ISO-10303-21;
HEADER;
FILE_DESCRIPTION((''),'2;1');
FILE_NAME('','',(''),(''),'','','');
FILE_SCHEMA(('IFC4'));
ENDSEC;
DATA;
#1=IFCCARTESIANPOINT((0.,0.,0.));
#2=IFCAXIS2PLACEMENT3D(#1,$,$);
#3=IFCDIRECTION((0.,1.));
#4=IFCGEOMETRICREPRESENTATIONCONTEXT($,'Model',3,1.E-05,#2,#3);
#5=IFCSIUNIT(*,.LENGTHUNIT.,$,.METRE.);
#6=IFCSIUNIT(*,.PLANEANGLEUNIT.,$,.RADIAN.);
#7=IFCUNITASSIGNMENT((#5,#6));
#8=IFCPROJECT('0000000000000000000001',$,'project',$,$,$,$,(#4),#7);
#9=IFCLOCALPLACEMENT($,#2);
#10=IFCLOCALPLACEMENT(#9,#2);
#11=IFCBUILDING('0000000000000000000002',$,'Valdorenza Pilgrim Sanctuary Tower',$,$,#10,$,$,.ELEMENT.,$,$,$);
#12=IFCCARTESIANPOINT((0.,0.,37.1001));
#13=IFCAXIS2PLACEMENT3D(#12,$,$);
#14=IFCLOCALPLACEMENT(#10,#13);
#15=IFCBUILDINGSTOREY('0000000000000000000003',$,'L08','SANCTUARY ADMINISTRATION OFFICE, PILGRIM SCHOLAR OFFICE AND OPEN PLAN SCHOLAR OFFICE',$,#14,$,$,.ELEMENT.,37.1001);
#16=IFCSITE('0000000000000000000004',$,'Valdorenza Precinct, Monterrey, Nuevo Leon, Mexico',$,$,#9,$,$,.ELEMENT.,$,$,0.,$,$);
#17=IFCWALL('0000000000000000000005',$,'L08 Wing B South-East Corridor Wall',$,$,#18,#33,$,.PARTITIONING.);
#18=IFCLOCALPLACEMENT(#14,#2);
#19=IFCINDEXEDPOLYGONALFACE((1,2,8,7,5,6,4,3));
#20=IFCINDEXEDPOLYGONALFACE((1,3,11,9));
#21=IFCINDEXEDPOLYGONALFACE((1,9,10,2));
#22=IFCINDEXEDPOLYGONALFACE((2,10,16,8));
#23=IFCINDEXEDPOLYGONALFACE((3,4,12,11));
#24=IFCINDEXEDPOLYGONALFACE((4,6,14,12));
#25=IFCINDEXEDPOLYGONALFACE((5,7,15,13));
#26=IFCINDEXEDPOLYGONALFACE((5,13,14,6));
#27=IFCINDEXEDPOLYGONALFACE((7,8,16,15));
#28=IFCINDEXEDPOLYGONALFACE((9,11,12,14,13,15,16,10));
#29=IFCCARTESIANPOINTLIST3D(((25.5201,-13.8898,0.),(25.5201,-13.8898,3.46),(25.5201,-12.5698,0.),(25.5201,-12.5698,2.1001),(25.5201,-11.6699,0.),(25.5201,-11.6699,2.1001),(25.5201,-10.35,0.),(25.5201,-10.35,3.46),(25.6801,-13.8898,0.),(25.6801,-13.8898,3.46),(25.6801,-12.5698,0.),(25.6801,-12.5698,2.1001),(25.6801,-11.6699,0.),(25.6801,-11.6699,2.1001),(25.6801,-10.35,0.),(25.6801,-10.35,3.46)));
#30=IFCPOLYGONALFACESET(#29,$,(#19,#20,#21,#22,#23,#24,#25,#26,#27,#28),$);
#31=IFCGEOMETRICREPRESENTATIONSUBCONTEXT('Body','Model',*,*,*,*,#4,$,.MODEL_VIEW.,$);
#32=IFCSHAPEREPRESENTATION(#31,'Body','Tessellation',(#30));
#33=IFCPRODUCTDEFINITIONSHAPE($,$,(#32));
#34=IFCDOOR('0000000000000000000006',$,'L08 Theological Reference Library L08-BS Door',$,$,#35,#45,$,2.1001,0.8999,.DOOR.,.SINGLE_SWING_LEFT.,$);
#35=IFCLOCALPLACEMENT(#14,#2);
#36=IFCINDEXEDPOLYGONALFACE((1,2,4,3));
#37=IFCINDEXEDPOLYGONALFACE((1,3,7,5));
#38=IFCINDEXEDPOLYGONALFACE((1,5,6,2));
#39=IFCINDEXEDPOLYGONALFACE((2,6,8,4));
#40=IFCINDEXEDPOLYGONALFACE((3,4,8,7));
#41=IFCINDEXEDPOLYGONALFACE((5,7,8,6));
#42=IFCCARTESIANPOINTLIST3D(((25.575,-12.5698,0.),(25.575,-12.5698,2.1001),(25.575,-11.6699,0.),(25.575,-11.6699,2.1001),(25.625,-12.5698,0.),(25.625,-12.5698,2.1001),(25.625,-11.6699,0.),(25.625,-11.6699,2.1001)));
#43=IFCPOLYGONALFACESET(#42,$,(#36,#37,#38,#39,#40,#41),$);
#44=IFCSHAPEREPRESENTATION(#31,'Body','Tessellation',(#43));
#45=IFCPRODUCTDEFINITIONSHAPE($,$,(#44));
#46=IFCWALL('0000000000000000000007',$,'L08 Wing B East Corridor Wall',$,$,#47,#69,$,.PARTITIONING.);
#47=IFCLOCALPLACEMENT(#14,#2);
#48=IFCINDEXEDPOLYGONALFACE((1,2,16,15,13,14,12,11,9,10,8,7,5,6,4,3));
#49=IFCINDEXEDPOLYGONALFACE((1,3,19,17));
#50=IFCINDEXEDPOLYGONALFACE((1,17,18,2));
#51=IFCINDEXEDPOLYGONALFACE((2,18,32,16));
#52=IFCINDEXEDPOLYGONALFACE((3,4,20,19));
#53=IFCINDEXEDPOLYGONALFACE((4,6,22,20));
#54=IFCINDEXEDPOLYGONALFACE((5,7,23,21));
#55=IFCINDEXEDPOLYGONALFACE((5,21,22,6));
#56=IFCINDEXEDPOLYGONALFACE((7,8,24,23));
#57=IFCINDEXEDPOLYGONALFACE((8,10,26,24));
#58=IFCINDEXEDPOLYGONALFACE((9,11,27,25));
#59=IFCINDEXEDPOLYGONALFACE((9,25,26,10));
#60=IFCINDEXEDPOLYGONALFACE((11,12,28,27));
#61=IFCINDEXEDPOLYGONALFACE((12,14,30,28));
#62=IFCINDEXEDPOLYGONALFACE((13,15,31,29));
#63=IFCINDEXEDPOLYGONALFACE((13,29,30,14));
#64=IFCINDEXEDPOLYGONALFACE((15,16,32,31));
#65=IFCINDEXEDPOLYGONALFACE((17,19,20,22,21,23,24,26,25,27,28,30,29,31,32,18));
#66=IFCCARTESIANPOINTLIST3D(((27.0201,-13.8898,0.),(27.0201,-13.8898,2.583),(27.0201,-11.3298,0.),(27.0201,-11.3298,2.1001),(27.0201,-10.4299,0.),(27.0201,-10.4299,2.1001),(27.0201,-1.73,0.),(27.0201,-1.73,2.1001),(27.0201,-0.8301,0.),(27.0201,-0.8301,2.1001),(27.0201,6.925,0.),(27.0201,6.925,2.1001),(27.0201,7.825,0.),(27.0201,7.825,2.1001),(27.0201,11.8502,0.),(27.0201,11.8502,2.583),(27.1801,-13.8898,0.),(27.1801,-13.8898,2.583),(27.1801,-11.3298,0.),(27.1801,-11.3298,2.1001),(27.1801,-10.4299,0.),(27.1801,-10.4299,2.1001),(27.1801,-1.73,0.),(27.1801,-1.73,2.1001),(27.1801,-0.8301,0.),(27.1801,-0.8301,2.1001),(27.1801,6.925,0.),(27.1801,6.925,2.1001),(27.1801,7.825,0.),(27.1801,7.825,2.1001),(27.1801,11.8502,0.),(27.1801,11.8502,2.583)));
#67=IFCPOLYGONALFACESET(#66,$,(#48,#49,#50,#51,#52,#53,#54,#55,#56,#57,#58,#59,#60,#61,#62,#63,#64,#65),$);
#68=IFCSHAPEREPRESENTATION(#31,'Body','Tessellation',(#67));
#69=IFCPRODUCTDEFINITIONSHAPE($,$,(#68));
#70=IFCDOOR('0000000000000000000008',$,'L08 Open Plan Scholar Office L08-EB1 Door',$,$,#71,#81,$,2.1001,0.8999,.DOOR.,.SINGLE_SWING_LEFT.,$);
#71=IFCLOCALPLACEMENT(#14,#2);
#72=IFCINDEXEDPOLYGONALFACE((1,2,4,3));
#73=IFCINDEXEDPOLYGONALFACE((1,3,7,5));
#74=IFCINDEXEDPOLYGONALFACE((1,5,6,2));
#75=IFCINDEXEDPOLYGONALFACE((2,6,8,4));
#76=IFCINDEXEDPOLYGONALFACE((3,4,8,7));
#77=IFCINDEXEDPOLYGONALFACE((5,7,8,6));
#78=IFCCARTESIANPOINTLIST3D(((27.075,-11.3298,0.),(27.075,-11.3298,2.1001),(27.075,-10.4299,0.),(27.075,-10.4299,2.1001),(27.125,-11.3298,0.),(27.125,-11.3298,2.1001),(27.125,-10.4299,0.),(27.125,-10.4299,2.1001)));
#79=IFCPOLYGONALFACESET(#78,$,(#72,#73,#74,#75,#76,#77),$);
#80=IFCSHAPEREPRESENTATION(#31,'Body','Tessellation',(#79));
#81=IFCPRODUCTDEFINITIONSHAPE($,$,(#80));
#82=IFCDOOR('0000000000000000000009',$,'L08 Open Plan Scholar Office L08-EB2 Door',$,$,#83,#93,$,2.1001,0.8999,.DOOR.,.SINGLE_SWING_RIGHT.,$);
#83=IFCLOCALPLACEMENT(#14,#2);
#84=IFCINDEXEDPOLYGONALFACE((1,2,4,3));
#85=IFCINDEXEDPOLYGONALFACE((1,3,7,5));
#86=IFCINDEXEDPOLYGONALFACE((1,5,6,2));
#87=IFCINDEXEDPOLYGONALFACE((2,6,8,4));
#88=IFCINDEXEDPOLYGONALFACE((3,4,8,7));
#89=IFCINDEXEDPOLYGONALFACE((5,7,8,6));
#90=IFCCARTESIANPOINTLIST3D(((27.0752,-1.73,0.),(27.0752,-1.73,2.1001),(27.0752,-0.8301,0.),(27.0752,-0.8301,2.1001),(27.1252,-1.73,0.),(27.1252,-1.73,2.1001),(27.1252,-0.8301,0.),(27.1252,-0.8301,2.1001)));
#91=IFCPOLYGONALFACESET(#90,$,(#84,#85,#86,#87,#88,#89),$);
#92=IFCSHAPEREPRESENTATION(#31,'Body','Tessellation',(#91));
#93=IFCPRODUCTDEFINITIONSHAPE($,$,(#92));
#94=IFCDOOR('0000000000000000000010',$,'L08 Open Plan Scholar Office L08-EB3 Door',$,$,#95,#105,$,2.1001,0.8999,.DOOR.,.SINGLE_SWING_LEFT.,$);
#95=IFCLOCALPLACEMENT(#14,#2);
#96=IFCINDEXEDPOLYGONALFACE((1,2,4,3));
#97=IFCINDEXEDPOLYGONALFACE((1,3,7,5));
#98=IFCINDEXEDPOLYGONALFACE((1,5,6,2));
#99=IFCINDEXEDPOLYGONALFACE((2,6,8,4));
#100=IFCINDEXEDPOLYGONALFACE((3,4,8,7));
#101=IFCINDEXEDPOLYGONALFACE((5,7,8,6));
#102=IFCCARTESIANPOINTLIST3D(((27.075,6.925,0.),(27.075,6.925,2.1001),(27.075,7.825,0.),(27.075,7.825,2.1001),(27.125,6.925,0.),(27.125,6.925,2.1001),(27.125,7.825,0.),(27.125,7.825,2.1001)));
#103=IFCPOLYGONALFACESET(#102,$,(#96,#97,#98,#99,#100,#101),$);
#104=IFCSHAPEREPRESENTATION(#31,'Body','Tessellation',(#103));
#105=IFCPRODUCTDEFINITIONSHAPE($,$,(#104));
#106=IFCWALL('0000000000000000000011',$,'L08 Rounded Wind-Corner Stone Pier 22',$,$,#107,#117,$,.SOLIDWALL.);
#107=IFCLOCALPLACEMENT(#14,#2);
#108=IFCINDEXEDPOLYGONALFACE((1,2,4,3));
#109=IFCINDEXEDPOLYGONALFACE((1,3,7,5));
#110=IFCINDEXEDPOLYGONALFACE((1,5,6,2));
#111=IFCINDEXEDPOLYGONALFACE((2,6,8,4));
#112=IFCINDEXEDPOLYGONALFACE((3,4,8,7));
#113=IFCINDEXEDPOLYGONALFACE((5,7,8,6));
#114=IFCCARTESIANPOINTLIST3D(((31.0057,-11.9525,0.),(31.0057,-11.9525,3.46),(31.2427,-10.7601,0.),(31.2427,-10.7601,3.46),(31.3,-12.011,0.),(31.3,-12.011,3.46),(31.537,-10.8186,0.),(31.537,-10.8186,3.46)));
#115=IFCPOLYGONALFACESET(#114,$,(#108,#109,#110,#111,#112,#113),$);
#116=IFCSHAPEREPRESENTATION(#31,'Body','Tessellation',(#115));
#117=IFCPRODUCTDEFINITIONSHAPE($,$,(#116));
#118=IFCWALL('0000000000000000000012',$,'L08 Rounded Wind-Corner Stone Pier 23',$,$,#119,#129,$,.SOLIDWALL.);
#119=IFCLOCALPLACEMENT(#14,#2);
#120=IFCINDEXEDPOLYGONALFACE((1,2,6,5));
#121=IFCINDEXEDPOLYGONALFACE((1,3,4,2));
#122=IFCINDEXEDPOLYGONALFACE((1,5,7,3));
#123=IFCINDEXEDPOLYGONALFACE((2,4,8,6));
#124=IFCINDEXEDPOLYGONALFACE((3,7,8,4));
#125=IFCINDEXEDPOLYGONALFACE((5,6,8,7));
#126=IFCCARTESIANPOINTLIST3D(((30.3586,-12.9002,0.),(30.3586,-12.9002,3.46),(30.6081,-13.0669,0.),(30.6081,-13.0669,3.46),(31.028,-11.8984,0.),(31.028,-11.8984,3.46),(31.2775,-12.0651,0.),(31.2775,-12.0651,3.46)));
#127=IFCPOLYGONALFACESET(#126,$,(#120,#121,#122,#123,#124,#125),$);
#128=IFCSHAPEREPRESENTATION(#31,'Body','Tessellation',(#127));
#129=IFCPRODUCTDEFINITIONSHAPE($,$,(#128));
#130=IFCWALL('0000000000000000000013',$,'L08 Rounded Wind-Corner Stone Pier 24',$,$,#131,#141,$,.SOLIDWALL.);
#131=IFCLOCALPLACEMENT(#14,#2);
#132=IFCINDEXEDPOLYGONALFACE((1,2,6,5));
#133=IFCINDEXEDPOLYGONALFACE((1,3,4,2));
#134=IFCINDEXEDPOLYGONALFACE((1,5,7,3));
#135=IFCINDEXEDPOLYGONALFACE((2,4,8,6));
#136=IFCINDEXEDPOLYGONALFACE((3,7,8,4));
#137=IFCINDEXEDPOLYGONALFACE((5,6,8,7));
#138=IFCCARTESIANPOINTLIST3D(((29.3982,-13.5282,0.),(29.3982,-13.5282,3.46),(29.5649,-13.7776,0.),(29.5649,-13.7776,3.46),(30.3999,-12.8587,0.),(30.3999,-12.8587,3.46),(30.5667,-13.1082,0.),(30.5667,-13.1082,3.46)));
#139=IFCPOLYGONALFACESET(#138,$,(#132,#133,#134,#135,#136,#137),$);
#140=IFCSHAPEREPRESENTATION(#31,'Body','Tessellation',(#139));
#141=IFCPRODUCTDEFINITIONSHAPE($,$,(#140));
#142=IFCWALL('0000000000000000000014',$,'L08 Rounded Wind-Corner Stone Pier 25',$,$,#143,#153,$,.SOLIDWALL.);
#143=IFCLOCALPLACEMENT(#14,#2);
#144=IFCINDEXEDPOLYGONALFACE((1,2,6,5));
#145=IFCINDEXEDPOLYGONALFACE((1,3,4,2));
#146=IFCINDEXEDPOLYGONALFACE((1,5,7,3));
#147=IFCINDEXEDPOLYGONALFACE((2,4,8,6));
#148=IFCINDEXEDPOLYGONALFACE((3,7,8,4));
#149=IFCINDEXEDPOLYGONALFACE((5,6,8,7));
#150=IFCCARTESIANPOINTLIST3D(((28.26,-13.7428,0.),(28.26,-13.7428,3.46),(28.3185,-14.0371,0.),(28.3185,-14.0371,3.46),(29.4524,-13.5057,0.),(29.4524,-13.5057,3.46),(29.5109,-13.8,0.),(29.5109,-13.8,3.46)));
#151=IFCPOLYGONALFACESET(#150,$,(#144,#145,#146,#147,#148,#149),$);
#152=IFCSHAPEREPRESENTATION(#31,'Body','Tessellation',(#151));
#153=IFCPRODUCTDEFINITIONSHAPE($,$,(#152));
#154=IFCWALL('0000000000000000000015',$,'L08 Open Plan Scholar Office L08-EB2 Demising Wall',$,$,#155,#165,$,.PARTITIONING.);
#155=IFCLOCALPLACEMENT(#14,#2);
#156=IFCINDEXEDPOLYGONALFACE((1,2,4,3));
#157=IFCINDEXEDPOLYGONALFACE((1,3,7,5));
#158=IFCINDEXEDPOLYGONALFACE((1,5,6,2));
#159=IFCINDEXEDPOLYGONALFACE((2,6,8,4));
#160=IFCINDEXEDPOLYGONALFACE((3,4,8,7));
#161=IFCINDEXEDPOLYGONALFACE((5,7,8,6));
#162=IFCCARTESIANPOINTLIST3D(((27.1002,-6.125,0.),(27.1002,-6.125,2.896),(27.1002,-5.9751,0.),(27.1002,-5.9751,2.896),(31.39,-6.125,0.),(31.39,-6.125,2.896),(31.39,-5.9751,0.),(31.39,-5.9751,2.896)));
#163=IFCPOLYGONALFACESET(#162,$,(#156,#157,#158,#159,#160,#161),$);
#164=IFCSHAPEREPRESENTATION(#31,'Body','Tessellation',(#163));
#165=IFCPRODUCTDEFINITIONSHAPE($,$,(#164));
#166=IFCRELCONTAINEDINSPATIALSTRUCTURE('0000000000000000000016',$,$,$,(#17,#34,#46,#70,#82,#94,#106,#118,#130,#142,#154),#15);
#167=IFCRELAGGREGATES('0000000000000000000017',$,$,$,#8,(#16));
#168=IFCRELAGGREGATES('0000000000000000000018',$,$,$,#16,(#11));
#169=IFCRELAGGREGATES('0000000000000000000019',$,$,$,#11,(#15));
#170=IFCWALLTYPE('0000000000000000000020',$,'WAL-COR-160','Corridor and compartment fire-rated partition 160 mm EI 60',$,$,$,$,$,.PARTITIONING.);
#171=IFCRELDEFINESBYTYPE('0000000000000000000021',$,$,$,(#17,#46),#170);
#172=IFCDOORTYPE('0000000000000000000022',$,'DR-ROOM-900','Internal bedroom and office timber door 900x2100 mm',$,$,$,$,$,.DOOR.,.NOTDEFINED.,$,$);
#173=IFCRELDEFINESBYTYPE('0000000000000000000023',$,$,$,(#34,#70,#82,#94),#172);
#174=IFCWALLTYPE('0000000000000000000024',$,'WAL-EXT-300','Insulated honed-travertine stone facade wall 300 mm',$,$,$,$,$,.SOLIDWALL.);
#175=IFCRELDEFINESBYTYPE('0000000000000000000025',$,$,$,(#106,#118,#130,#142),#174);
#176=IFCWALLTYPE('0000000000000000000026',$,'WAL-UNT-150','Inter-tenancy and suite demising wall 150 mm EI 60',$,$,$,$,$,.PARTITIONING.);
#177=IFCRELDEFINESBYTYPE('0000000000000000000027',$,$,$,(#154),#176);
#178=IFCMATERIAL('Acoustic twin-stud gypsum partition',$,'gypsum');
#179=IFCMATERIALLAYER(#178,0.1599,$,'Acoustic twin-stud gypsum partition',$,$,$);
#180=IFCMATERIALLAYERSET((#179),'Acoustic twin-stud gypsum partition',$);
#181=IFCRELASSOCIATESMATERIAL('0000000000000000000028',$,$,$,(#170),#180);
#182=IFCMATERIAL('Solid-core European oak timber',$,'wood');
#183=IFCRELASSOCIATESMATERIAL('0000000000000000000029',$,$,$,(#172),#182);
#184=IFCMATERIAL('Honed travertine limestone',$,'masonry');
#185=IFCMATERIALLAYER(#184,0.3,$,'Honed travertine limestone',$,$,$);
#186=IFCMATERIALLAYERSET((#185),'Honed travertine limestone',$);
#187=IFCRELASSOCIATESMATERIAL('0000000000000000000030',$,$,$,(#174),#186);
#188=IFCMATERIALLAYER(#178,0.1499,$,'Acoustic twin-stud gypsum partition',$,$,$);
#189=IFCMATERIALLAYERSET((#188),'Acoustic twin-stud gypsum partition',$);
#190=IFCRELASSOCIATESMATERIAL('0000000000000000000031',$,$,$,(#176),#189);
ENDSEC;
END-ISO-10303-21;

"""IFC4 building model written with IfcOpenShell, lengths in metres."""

from ifc_helpers import new_model, si_unit, direction, frame, frame_2d, origin, place, context, subcontext, project, spatial, rectangle, extrude, material, layer, layer_set, type_object, element, fill, save


model = new_model("IFC4")

# Units and contexts
model_context = context("Model", 3, precision=1e-05, world=origin(), true_north=direction((0.0, 1.0)))
body_context = subcontext(model_context, "Body", "Model", "MODEL_VIEW")
ifc_project = project(units=[si_unit("LENGTHUNIT", "METRE"), si_unit("PLANEANGLEUNIT", "RADIAN")], contexts=[model_context])

# Site, building, storey
site_placement = place(None, origin())
site = spatial("IfcSite", under=ifc_project, at=site_placement, Name="Valdorenza Precinct, Monterrey, Nuevo Leon, Mexico", CompositionType="ELEMENT", RefElevation=0.0)
building_placement = place(site_placement, origin())
building = spatial("IfcBuilding", under=site, at=building_placement, Name="Valdorenza Pilgrim Sanctuary Tower", CompositionType="ELEMENT")
storey_placement = place(building_placement, frame((0.0, 0.0, 37.1001)))
storey = spatial("IfcBuildingStorey", under=building, at=storey_placement, Name="L08", Description="SANCTUARY ADMINISTRATION OFFICE, PILGRIM SCHOLAR OFFICE AND OPEN PLAN SCHOLAR OFFICE", CompositionType="ELEMENT", Elevation=37.1001)

# Shared definitions
ifc_material_1 = material(Name="Honed travertine limestone", Category="masonry")

# Wall, opening, door
ifc_material_2 = material(Name="Acoustic twin-stud gypsum partition", Category="gypsum")
ifc_layer_1 = layer(ifc_material_2, 0.1599, Name="Acoustic twin-stud gypsum partition")
ifc_layer_set_1 = layer_set([ifc_layer_1], Name="Acoustic twin-stud gypsum partition")
wall_type_1 = type_object("IfcWallType", Name="WAL-COR-160", Description="Corridor and compartment fire-rated partition 160 mm EI 60", PredefinedType="PARTITIONING", material=ifc_layer_set_1)
wall_1_placement = place(storey_placement, frame((25.6001, -13.8899, 0.0), z_axis=(0.0, 0.0, 1.0), x_axis=(0.0, 1.0, 0.0)))
wall_1 = element("IfcWall", 1, at=wall_1_placement, inside=storey, type_object=wall_type_1, Name="L08 Wing B South-East Corridor Wall", PredefinedType="PARTITIONING", context=body_context, shape_type="SweptSolid", body=[
    extrude(rectangle(XDim=3.5398, YDim=0.1599, at=frame_2d((1.77, 0.0))), origin(), (0.0, 0.0, 1.0), 3.46),
])
opening_1_placement = place(wall_1_placement, frame((1.3201, 0.0, 0.0)))
opening_1 = element("IfcOpeningElement", 2, at=opening_1_placement, cuts=wall_1, PredefinedType="OPENING", context=body_context, shape_type="SweptSolid", body=[
    extrude(rectangle(XDim=0.8999, YDim=2.1001, at=frame_2d((0.45, 1.05))), frame((0.0, 0.0947, 0.0), z_axis=(0.0, -1.0, 0.0), x_axis=(1.0, 0.0, 0.0)), (0.0, 0.0, 1.0), 0.1897),
])
ifc_material_3 = material(Name="Solid-core European oak timber", Category="wood")
door_type = type_object("IfcDoorType", Name="DR-ROOM-900", Description="Internal bedroom and office timber door 900x2100 mm", OperationType="NOTDEFINED", PredefinedType="DOOR", material=ifc_material_3)
door_1_placement = place(opening_1_placement, frame((0.8999, 0.0, 0.0), z_axis=(0.0, 0.0, 1.0), x_axis=(-1.0, 0.0, 0.0)))
door_1 = element("IfcDoor", 3, at=door_1_placement, inside=storey, type_object=door_type, Name="L08 Theological Reference Library L08-BS Door", OperationType="SINGLE_SWING_LEFT", OverallHeight=2.1001, OverallWidth=0.8999, PredefinedType="DOOR", context=body_context, shape_type="SweptSolid", body=[
    extrude(rectangle(XDim=0.8999, YDim=2.1001, at=frame_2d((0.45, 1.05))), frame((0.0, 0.0249, 0.0), z_axis=(0.0, -1.0, 0.0), x_axis=(1.0, 0.0, 0.0)), (0.0, 0.0, 1.0), 0.05),
])
fill(opening_1, door_1)

# Wall, openings, doors
wall_2_placement = place(storey_placement, frame((27.1001, -13.8899, 0.0), z_axis=(0.0, 0.0, 1.0), x_axis=(0.0, 1.0, 0.0)))
wall_2 = element("IfcWall", 4, at=wall_2_placement, inside=storey, type_object=wall_type_1, Name="L08 Wing B East Corridor Wall", PredefinedType="PARTITIONING", context=body_context, shape_type="SweptSolid", body=[
    extrude(rectangle(XDim=25.74, YDim=0.1599, at=frame_2d((12.8701, 0.0))), origin(), (0.0, 0.0, 1.0), 2.583),
])
opening_2_placement = place(wall_2_placement, frame((2.5601, 0.0, 0.0)))
opening_2 = element("IfcOpeningElement", 5, at=opening_2_placement, cuts=wall_2, PredefinedType="OPENING", context=body_context, shape_type="SweptSolid", body=[
    extrude(rectangle(XDim=0.8999, YDim=2.1001, at=frame_2d((0.45, 1.05))), frame((0.0, 0.0947, 0.0), z_axis=(0.0, -1.0, 0.0), x_axis=(1.0, 0.0, 0.0)), (0.0, 0.0, 1.0), 0.1897),
])
opening_3_placement = place(wall_2_placement, frame((12.1599, 0.0, 0.0)))
opening_3 = element("IfcOpeningElement", 6, at=opening_3_placement, cuts=wall_2, PredefinedType="OPENING", context=body_context, shape_type="SweptSolid", body=[
    extrude(rectangle(XDim=0.8999, YDim=2.1001, at=frame_2d((0.45, 1.05))), frame((0.0, 0.0947, 0.0), z_axis=(0.0, -1.0, 0.0), x_axis=(1.0, 0.0, 0.0)), (0.0, 0.0, 1.0), 0.1897),
])
opening_4_placement = place(wall_2_placement, frame((20.8149, 0.0, 0.0)))
opening_4 = element("IfcOpeningElement", 7, at=opening_4_placement, cuts=wall_2, PredefinedType="OPENING", context=body_context, shape_type="SweptSolid", body=[
    extrude(rectangle(XDim=0.8999, YDim=2.1001, at=frame_2d((0.45, 1.05))), frame((0.0, 0.0947, 0.0), z_axis=(0.0, -1.0, 0.0), x_axis=(1.0, 0.0, 0.0)), (0.0, 0.0, 1.0), 0.1897),
])
door_2_placement = place(opening_2_placement, frame((0.8999, 0.0, 0.0), z_axis=(0.0, 0.0, 1.0), x_axis=(-1.0, 0.0, 0.0)))
door_2 = element("IfcDoor", 8, at=door_2_placement, inside=storey, type_object=door_type, Name="L08 Open Plan Scholar Office L08-EB1 Door", OperationType="SINGLE_SWING_LEFT", OverallHeight=2.1001, OverallWidth=0.8999, PredefinedType="DOOR", context=body_context, shape_type="SweptSolid", body=[
    extrude(rectangle(XDim=0.8999, YDim=2.1001, at=frame_2d((0.45, 1.05))), frame((0.0, 0.0249, 0.0), z_axis=(0.0, -1.0, 0.0), x_axis=(1.0, 0.0, 0.0)), (0.0, 0.0, 1.0), 0.05),
])
fill(opening_2, door_2)
door_3_placement = place(opening_3_placement, origin())
door_3 = element("IfcDoor", 9, at=door_3_placement, inside=storey, type_object=door_type, Name="L08 Open Plan Scholar Office L08-EB2 Door", OperationType="SINGLE_SWING_RIGHT", OverallHeight=2.1001, OverallWidth=0.8999, PredefinedType="DOOR", context=body_context, shape_type="SweptSolid", body=[
    extrude(rectangle(XDim=0.8999, YDim=2.1001, at=frame_2d((0.45, 1.05))), frame((0.0, 0.0249, 0.0), z_axis=(0.0, -1.0, 0.0), x_axis=(1.0, 0.0, 0.0)), (0.0, 0.0, 1.0), 0.05),
])
fill(opening_3, door_3)
door_4_placement = place(opening_4_placement, frame((0.8999, 0.0, 0.0), z_axis=(0.0, 0.0, 1.0), x_axis=(-1.0, 0.0, 0.0)))
door_4 = element("IfcDoor", 10, at=door_4_placement, inside=storey, type_object=door_type, Name="L08 Open Plan Scholar Office L08-EB3 Door", OperationType="SINGLE_SWING_LEFT", OverallHeight=2.1001, OverallWidth=0.8999, PredefinedType="DOOR", context=body_context, shape_type="SweptSolid", body=[
    extrude(rectangle(XDim=0.8999, YDim=2.1001, at=frame_2d((0.45, 1.05))), frame((0.0, 0.0249, 0.0), z_axis=(0.0, -1.0, 0.0), x_axis=(1.0, 0.0, 0.0)), (0.0, 0.0, 1.0), 0.05),
])
fill(opening_4, door_4)

# Walls
ifc_layer_2 = layer(ifc_material_1, 0.3, Name="Honed travertine limestone")
ifc_layer_set_2 = layer_set([ifc_layer_2], Name="Honed travertine limestone")
wall_type_2 = type_object("IfcWallType", Name="WAL-EXT-300", Description="Insulated honed-travertine stone facade wall 300 mm", PredefinedType="SOLIDWALL", material=ifc_layer_set_2)
wall_3_placement = place(storey_placement, frame((31.3899, -10.7893, 0.0), z_axis=(0.0, 0.0, 1.0), x_axis=(-0.194996, -0.980804, 0.0)))
element("IfcWall", 11, at=wall_3_placement, inside=storey, type_object=wall_type_2, Name="L08 Rounded Wind-Corner Stone Pier 22", PredefinedType="SOLIDWALL", context=body_context, shape_type="SweptSolid", body=[
    extrude(rectangle(XDim=1.2158, YDim=0.3, at=frame_2d((0.6079, 0.0))), origin(), (0.0, 0.0, 1.0), 3.46),
])
for number, where, z_axis, x_axis, name in (
    (12, (31.1528, -11.9817, 0.0), (0.0, 0.0, 1.0), (-0.555635, -0.831426, 0.0), "L08 Rounded Wind-Corner Stone Pier 23"),
    (13, (30.4834, -12.9834, 0.0), (0.0, 0.0, 1.0), (-0.831426, -0.555635, 0.0), "L08 Rounded Wind-Corner Stone Pier 24"),
):
    element("IfcWall", number, at=place(storey_placement, frame(where, z_axis=z_axis, x_axis=x_axis)), inside=storey, type_object=wall_type_2, Name=name, PredefinedType="SOLIDWALL", context=body_context, shape_type="SweptSolid", body=[
        extrude(rectangle(XDim=1.2048, YDim=0.3, at=frame_2d((0.6025, 0.0))), origin(), (0.0, 0.0, 1.0), 3.46),
    ])
wall_4_placement = place(storey_placement, frame((29.4817, -13.6528, 0.0), z_axis=(0.0, 0.0, 1.0), x_axis=(-0.980804, -0.194996, 0.0)))
element("IfcWall", 14, at=wall_4_placement, inside=storey, type_object=wall_type_2, Name="L08 Rounded Wind-Corner Stone Pier 25", PredefinedType="SOLIDWALL", context=body_context, shape_type="SweptSolid", body=[
    extrude(rectangle(XDim=1.2158, YDim=0.3, at=frame_2d((0.6079, 0.0))), origin(), (0.0, 0.0, 1.0), 3.46),
])
ifc_layer_3 = layer(ifc_material_2, 0.1499, Name="Acoustic twin-stud gypsum partition")
ifc_layer_set_3 = layer_set([ifc_layer_3], Name="Acoustic twin-stud gypsum partition")
wall_type_3 = type_object("IfcWallType", Name="WAL-UNT-150", Description="Inter-tenancy and suite demising wall 150 mm EI 60", PredefinedType="PARTITIONING", material=ifc_layer_set_3)
wall_5_placement = place(storey_placement, frame((27.1001, -6.05, 0.0), z_axis=(0.0, 0.0, 1.0), x_axis=(1.0, 0.0, 0.0)))
element("IfcWall", 15, at=wall_5_placement, inside=storey, type_object=wall_type_3, Name="L08 Open Plan Scholar Office L08-EB2 Demising Wall", PredefinedType="PARTITIONING", context=body_context, shape_type="SweptSolid", body=[
    extrude(rectangle(XDim=4.2898, YDim=0.1499, at=frame_2d((2.145, 0.0))), origin(), (0.0, 0.0, 1.0), 2.896),
])

save(model, "model.ifc")
